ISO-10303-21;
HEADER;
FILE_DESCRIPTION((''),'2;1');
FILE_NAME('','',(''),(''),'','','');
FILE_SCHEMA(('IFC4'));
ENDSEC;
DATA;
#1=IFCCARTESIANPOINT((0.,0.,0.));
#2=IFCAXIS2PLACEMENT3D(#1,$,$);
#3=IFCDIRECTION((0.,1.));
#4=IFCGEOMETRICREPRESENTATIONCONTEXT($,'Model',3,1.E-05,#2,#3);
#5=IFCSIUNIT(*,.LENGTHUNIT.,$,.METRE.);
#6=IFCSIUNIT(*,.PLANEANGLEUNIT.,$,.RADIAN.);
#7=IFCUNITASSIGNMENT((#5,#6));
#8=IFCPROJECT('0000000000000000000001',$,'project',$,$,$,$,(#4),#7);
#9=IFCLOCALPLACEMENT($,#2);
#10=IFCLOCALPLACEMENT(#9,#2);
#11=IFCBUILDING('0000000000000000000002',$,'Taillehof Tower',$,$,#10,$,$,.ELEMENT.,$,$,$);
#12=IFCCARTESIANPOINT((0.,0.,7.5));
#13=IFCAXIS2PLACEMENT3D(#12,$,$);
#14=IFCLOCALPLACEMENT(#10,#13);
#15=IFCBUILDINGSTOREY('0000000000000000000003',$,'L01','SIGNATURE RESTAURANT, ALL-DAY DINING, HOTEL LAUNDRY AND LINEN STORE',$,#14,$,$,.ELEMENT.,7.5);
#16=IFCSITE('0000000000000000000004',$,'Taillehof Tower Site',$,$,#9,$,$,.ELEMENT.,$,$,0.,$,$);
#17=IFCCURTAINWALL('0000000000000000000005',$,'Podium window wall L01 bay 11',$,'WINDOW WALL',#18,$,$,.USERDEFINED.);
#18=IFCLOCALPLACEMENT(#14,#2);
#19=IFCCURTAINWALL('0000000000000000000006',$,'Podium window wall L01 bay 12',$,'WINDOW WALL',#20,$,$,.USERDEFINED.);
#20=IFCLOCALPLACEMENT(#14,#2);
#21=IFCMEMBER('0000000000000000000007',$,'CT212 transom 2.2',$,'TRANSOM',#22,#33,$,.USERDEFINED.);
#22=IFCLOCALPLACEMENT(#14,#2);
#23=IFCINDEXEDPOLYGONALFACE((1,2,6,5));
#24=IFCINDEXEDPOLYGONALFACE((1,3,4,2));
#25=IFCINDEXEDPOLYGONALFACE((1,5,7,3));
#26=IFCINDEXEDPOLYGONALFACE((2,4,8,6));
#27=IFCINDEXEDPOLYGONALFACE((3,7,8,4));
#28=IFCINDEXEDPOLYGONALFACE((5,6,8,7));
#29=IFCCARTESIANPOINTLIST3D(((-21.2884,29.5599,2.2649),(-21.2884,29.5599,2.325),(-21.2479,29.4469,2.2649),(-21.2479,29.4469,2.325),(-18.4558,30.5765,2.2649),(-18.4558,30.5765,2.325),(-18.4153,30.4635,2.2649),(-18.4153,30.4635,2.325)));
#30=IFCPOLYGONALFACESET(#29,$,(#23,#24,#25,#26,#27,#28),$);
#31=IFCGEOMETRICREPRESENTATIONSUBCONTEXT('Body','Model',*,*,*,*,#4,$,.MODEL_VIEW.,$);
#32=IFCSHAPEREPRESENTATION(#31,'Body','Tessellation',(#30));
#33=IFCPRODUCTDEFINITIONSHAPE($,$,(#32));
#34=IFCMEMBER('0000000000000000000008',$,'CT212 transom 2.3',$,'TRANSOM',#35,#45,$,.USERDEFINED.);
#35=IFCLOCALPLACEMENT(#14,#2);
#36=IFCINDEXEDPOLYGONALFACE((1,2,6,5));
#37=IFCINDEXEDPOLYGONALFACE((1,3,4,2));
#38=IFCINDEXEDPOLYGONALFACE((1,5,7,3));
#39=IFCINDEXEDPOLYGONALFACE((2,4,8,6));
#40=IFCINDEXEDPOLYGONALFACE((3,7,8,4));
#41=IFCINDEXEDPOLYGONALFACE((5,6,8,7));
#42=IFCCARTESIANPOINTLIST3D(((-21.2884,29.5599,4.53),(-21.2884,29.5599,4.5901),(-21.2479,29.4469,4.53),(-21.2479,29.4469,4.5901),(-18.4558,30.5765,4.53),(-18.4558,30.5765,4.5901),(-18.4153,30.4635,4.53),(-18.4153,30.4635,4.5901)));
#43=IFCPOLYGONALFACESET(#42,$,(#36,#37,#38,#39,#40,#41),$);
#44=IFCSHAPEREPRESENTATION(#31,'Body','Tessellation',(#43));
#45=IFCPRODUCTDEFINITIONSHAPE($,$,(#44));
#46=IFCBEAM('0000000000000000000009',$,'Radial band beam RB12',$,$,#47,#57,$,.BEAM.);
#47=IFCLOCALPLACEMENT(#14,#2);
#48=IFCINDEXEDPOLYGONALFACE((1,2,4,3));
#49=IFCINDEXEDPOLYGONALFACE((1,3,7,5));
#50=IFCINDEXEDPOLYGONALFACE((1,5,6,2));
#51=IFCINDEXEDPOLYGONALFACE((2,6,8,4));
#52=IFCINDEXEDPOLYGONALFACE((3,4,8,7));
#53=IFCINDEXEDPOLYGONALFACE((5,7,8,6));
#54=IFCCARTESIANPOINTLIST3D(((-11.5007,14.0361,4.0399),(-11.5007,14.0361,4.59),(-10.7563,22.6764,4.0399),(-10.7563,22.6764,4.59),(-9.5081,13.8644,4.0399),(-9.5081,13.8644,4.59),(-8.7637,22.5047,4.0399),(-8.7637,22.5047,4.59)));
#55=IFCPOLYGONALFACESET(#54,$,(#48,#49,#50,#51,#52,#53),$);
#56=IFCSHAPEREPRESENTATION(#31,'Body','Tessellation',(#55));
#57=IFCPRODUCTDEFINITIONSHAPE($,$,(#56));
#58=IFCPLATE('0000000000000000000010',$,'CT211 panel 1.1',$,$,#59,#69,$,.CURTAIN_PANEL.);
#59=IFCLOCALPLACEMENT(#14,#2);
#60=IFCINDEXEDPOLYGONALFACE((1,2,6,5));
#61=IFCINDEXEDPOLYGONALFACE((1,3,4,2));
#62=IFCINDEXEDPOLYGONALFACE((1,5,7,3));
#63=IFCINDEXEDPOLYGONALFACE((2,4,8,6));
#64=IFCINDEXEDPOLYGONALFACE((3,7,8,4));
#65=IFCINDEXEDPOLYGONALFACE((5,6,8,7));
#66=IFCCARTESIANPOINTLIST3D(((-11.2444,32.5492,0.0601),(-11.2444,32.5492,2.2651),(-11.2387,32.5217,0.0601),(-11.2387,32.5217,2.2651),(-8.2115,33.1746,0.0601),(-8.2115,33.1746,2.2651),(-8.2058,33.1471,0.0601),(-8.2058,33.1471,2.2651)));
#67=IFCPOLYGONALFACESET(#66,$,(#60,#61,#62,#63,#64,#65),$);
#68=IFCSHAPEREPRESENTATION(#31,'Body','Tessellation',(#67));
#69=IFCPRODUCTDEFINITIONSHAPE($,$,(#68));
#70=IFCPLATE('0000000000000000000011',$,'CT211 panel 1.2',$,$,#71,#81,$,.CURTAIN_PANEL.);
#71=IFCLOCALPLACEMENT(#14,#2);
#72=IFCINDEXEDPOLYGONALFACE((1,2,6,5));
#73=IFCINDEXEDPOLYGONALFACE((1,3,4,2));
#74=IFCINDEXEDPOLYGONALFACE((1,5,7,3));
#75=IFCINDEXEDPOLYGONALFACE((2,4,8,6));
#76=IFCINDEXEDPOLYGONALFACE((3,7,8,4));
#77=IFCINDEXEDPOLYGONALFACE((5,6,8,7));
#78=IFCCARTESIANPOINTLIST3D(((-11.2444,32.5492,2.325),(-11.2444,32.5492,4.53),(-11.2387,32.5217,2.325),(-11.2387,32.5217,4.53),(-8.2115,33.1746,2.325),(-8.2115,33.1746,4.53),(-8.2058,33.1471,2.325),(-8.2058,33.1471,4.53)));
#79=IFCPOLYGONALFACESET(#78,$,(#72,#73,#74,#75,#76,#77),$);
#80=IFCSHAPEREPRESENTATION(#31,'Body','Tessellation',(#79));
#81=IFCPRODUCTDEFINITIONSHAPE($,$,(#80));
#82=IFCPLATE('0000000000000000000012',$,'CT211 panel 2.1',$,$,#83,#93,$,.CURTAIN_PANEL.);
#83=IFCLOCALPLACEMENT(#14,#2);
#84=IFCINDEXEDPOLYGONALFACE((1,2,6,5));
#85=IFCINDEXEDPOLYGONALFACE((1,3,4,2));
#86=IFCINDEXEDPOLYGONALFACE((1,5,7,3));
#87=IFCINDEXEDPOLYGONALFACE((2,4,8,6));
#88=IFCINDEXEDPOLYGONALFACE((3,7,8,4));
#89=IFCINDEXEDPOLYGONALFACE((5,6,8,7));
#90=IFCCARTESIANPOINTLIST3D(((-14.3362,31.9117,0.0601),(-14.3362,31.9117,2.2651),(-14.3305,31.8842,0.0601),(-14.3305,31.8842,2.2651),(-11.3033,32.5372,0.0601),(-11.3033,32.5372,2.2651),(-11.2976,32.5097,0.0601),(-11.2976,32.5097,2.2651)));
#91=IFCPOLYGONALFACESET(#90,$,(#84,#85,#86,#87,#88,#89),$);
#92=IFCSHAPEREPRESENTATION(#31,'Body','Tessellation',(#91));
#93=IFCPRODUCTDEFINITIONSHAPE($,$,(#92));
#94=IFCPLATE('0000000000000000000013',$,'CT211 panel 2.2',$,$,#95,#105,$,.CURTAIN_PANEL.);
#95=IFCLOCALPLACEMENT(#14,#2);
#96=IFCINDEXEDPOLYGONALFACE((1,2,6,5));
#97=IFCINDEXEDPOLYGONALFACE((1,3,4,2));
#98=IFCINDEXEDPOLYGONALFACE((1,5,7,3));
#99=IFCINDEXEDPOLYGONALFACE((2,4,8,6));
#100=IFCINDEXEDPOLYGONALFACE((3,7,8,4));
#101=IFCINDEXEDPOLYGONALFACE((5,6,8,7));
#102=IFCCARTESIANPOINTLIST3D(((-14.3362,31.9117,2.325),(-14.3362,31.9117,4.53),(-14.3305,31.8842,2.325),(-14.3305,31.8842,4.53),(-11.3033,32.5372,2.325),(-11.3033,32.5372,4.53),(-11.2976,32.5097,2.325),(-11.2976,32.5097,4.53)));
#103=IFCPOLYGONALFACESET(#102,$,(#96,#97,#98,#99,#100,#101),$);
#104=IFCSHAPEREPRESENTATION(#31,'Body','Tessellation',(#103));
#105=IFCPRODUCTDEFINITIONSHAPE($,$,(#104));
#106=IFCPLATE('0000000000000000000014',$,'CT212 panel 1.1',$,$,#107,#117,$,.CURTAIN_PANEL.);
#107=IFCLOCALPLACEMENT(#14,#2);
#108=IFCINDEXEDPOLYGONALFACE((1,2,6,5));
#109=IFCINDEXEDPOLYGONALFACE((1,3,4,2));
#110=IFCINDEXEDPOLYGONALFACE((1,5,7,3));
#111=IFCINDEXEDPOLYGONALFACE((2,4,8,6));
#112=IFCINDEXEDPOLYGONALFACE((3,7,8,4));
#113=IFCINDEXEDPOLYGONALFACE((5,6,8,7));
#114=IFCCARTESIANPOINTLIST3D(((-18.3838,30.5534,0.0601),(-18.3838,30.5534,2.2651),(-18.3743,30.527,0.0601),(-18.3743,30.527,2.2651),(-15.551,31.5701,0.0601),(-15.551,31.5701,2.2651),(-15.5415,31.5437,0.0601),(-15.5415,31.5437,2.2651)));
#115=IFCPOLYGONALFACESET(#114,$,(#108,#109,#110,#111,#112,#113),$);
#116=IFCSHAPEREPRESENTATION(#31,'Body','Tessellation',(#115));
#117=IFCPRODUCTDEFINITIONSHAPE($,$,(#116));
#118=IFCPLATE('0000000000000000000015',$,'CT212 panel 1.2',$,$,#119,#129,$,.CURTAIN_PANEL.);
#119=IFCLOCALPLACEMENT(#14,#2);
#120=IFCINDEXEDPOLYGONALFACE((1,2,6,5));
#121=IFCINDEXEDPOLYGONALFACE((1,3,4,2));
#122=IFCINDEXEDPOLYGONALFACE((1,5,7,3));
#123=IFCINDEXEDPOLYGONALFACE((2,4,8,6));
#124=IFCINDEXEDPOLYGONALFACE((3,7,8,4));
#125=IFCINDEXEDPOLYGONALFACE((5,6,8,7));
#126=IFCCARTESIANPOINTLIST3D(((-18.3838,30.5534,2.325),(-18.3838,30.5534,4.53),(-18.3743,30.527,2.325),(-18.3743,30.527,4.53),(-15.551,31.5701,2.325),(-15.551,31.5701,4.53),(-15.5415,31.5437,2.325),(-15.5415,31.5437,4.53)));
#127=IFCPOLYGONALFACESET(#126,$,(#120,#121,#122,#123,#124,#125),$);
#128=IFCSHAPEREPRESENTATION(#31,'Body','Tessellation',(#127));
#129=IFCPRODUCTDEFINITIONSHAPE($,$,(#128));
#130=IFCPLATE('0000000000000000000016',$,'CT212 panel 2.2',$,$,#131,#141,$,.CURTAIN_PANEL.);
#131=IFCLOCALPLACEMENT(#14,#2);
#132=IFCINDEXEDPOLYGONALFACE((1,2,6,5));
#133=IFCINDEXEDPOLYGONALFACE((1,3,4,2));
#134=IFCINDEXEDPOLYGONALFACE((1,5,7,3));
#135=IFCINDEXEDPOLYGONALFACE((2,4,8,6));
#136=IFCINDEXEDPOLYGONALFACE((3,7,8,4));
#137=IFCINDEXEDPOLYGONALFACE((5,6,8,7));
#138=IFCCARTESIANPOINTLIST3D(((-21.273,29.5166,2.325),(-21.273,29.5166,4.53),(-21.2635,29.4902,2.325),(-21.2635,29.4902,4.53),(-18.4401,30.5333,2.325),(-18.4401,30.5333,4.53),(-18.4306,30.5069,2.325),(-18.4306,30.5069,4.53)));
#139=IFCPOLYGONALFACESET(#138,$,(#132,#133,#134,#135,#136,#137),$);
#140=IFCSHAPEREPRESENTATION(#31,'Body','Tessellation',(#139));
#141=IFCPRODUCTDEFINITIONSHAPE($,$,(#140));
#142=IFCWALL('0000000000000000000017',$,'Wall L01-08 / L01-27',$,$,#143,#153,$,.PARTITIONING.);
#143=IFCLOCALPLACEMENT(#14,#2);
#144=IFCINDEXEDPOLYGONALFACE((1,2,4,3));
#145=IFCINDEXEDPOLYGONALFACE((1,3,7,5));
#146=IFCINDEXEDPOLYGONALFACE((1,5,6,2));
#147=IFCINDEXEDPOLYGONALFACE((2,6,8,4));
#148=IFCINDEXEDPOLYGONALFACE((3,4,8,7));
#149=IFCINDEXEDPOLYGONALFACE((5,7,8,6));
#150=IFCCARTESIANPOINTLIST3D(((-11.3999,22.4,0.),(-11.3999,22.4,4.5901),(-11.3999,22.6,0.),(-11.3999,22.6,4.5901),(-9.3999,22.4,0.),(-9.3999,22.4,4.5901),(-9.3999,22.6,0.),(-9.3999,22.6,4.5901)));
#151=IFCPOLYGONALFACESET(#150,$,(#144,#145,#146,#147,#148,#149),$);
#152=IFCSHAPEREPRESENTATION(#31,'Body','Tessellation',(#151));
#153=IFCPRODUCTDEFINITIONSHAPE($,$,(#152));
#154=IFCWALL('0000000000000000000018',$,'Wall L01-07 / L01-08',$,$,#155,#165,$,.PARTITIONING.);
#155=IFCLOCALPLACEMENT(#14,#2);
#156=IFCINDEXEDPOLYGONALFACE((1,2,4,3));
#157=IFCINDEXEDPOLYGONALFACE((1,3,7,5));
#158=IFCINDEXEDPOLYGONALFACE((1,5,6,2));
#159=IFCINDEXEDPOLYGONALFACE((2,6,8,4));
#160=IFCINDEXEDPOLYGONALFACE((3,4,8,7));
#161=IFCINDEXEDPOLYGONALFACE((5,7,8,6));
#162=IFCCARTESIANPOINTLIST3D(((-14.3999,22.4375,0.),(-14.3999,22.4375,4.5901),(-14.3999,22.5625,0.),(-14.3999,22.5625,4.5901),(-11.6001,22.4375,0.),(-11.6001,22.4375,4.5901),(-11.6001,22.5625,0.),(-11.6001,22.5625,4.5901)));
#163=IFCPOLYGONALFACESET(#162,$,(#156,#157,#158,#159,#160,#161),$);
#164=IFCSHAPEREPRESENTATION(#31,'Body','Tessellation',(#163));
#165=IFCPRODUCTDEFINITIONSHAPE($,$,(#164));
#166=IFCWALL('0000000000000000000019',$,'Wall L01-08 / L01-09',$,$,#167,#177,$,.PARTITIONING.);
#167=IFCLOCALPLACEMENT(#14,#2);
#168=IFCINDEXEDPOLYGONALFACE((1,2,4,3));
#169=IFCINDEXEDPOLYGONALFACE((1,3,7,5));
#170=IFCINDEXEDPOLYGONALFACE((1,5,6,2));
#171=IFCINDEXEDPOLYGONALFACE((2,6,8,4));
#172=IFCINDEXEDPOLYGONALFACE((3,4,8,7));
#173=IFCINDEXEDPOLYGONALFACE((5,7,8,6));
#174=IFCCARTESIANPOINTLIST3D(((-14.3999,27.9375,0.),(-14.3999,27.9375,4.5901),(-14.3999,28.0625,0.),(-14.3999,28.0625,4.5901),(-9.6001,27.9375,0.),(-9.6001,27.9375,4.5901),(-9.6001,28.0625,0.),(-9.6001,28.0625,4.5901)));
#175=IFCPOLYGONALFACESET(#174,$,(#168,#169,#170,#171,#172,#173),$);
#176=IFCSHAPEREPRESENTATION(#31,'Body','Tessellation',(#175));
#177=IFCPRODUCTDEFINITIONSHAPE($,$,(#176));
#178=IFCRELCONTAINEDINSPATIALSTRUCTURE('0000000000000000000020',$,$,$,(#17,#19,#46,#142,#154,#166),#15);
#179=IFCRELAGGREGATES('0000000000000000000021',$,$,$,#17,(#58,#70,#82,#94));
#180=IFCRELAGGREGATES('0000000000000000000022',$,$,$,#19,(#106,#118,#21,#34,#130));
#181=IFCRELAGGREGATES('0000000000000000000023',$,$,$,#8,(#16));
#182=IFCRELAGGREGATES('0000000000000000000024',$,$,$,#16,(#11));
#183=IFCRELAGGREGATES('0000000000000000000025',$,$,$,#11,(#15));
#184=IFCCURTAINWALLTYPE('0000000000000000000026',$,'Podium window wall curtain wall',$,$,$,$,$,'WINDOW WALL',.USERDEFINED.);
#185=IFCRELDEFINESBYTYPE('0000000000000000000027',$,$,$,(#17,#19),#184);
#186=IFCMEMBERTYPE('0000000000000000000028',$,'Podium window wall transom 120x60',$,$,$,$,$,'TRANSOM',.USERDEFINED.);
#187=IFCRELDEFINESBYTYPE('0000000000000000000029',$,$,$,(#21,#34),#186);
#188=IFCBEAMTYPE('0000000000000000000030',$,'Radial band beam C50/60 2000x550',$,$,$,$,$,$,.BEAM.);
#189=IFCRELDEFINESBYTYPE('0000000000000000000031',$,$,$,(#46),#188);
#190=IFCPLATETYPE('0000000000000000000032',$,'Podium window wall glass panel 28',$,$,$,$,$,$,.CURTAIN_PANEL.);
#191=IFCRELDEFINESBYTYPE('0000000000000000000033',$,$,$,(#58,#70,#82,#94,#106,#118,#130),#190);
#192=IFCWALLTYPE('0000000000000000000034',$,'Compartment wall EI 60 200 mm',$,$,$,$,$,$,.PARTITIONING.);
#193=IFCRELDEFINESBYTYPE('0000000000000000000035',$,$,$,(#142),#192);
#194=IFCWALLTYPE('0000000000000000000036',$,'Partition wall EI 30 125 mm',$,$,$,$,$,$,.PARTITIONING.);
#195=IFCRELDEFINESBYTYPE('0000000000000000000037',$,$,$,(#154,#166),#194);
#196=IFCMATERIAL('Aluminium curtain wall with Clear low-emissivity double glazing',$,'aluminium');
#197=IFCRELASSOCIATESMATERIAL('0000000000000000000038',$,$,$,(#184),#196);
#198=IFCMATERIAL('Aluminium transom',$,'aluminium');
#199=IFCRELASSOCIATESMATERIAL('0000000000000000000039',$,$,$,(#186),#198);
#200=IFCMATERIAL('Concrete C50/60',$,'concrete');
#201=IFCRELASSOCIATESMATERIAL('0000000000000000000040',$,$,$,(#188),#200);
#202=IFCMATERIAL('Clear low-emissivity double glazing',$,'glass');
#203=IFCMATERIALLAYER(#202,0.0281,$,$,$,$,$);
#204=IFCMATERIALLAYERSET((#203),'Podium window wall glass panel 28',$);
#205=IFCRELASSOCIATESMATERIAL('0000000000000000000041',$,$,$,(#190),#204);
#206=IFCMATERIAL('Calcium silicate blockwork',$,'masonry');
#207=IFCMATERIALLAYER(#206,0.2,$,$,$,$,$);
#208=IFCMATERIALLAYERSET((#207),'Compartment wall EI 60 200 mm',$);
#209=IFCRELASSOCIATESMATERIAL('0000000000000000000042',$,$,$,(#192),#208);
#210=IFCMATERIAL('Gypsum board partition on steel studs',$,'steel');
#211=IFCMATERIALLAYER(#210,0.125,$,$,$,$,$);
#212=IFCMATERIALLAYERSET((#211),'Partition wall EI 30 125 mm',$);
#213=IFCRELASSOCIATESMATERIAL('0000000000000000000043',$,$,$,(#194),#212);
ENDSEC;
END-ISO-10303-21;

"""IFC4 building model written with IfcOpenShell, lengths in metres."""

from ifc_helpers import new_model, si_unit, direction, frame, frame_2d, origin, origin_2d, place, context, subcontext, project, spatial, rectangle, extrude, material, layer, layer_set, material_profile, profile_set, type_object, element, aggregate, save


model = new_model("IFC4")

# Units and contexts
model_context = context("Model", 3, precision=1e-05, world=origin(), true_north=direction((0.0, 1.0)))
body_context = subcontext(model_context, "Body", "Model", "MODEL_VIEW")
ifc_project = project(units=[si_unit("LENGTHUNIT", "METRE"), si_unit("PLANEANGLEUNIT", "RADIAN")], contexts=[model_context])

# Site, building, storey
site_placement = place(None, origin())
site = spatial("IfcSite", under=ifc_project, at=site_placement, Name="Taillehof Tower Site", CompositionType="ELEMENT", RefElevation=0.0)
building_placement = place(site_placement, origin())
building = spatial("IfcBuilding", under=site, at=building_placement, Name="Taillehof Tower", CompositionType="ELEMENT")
storey_placement = place(building_placement, frame((0.0, 0.0, 7.5)))
storey = spatial("IfcBuildingStorey", under=building, at=storey_placement, Name="L01", Description="SIGNATURE RESTAURANT, ALL-DAY DINING, HOTEL LAUNDRY AND LINEN STORE", CompositionType="ELEMENT", Elevation=7.5)

# Curtain walls
ifc_material_1 = material(Name="Aluminium curtain wall with Clear low-emissivity double glazing", Category="aluminium")
curtain_wall_type = type_object("IfcCurtainWallType", Name="Podium window wall curtain wall", ElementType="WINDOW WALL", PredefinedType="USERDEFINED", material=ifc_material_1)
curtain_wall_1_placement = place(storey_placement, origin())
curtain_wall_1 = element("IfcCurtainWall", 1, at=curtain_wall_1_placement, inside=storey, type_object=curtain_wall_type, Name="Podium window wall L01 bay 11", ObjectType="WINDOW WALL", PredefinedType="USERDEFINED")
curtain_wall_2_placement = place(storey_placement, origin())
curtain_wall_2 = element("IfcCurtainWall", 2, at=curtain_wall_2_placement, inside=storey, type_object=curtain_wall_type, Name="Podium window wall L01 bay 12", ObjectType="WINDOW WALL", PredefinedType="USERDEFINED")

# Members
ifc_material_2 = material(Name="Aluminium transom", Category="aluminium")
ifc_material_profile_1 = material_profile(ifc_material_2, rectangle(XDim=0.1201, YDim=0.0601, at=origin_2d()), Name="AL 120x60")
ifc_profile_set_1 = profile_set([ifc_material_profile_1], Name="Aluminium transom")
member_type_1 = type_object("IfcMemberType", Name="Podium window wall transom 120x60", ElementType="TRANSOM", PredefinedType="USERDEFINED", material=ifc_profile_set_1)
member_1_placement = place(storey_placement, frame((-18.4355, 30.52, 2.2949), z_axis=(-0.941216, -0.337806, 0.0), x_axis=(0.337806, -0.941216, 0.0)))
member_1 = element("IfcMember", 3, at=member_1_placement, type_object=member_type_1, Name="CT212 transom 2.2", ObjectType="TRANSOM", PredefinedType="USERDEFINED", context=body_context, shape_type="SweptSolid", body=[
    extrude(rectangle(XDim=0.1201, YDim=0.0601, at=origin_2d()), origin(), (0.0, 0.0, 1.0), 3.0095),
])
member_2_placement = place(storey_placement, frame((-18.4355, 30.52, 4.5601), z_axis=(-0.941216, -0.337806, 0.0), x_axis=(0.337806, -0.941216, 0.0)))
member_2 = element("IfcMember", 4, at=member_2_placement, type_object=member_type_1, Name="CT212 transom 2.3", ObjectType="TRANSOM", PredefinedType="USERDEFINED", context=body_context, shape_type="SweptSolid", body=[
    extrude(rectangle(XDim=0.1201, YDim=0.0601, at=origin_2d()), origin(), (0.0, 0.0, 1.0), 3.0095),
])

# Beam
ifc_material_3 = material(Name="Concrete C50/60", Category="concrete")
ifc_material_profile_2 = material_profile(ifc_material_3, rectangle(XDim=2.0, YDim=0.55, at=origin_2d()), Name="RC 2000x550")
ifc_profile_set_2 = profile_set([ifc_material_profile_2], Name="Concrete C50/60")
beam_type_1 = type_object("IfcBeamType", Name="Radial band beam C50/60 2000x550", PredefinedType="BEAM", material=ifc_profile_set_2)
beam_1_placement = place(storey_placement, frame((-9.76, 22.5906, 4.3149), z_axis=(-0.085834, -0.996309, 0.0), x_axis=(0.996309, -0.085834, 0.0)))
element("IfcBeam", 5, at=beam_1_placement, inside=storey, type_object=beam_type_1, Name="Radial band beam RB12", PredefinedType="BEAM", context=body_context, shape_type="SweptSolid", body=[
    extrude(rectangle(XDim=2.0, YDim=0.55, at=origin_2d()), origin(), (0.0, 0.0, 1.0), 8.6724),
])

# Plates
ifc_material_4 = material(Name="Clear low-emissivity double glazing", Category="glass")
ifc_layer_1 = layer(ifc_material_4, 0.0281)
ifc_layer_set_1 = layer_set([ifc_layer_1], Name="Podium window wall glass panel 28")
plate_type = type_object("IfcPlateType", Name="Podium window wall glass panel 28", PredefinedType="CURTAIN_PANEL", material=ifc_layer_set_1)
plate_1_placement = place(storey_placement, frame((-9.7251, 32.8481, 0.0601), z_axis=(0.0, 0.0, 1.0), x_axis=(-0.97939, -0.201976, 0.0)))
plate_1 = element("IfcPlate", 6, at=plate_1_placement, type_object=plate_type, Name="CT211 panel 1.1", PredefinedType="CURTAIN_PANEL", context=body_context, shape_type="SweptSolid", body=[
    extrude(rectangle(XDim=3.0967, YDim=0.0281, at=origin_2d()), origin(), (0.0, 0.0, 1.0), 2.2051),
])
plate_2_placement = place(storey_placement, frame((-9.7251, 32.8481, 2.325), z_axis=(0.0, 0.0, 1.0), x_axis=(-0.97939, -0.201976, 0.0)))
plate_2 = element("IfcPlate", 7, at=plate_2_placement, type_object=plate_type, Name="CT211 panel 1.2", PredefinedType="CURTAIN_PANEL", context=body_context, shape_type="SweptSolid", body=[
    extrude(rectangle(XDim=3.0967, YDim=0.0281, at=origin_2d()), origin(), (0.0, 0.0, 1.0), 2.2051),
])
plate_3_placement = place(storey_placement, frame((-12.8169, 32.2107, 0.0601), z_axis=(0.0, 0.0, 1.0), x_axis=(-0.97939, -0.201976, 0.0)))
plate_3 = element("IfcPlate", 8, at=plate_3_placement, type_object=plate_type, Name="CT211 panel 2.1", PredefinedType="CURTAIN_PANEL", context=body_context, shape_type="SweptSolid", body=[
    extrude(rectangle(XDim=3.0967, YDim=0.0281, at=origin_2d()), origin(), (0.0, 0.0, 1.0), 2.2051),
])
plate_4_placement = place(storey_placement, frame((-12.8169, 32.2107, 2.325), z_axis=(0.0, 0.0, 1.0), x_axis=(-0.97939, -0.201976, 0.0)))
plate_4 = element("IfcPlate", 9, at=plate_4_placement, type_object=plate_type, Name="CT211 panel 2.2", PredefinedType="CURTAIN_PANEL", context=body_context, shape_type="SweptSolid", body=[
    extrude(rectangle(XDim=3.0967, YDim=0.0281, at=origin_2d()), origin(), (0.0, 0.0, 1.0), 2.2051),
])
aggregate(curtain_wall_1, [plate_1, plate_2, plate_3, plate_4])
plate_5_placement = place(storey_placement, frame((-16.9626, 31.0486, 0.0601), z_axis=(0.0, 0.0, 1.0), x_axis=(-0.941218, -0.337799, 0.0)))
plate_5 = element("IfcPlate", 10, at=plate_5_placement, type_object=plate_type, Name="CT212 panel 1.1", PredefinedType="CURTAIN_PANEL", context=body_context, shape_type="SweptSolid", body=[
    extrude(rectangle(XDim=3.0098, YDim=0.0281, at=origin_2d()), origin(), (0.0, 0.0, 1.0), 2.2051),
])
plate_6_placement = place(storey_placement, frame((-16.9626, 31.0486, 2.325), z_axis=(0.0, 0.0, 1.0), x_axis=(-0.941218, -0.337799, 0.0)))
plate_6 = element("IfcPlate", 11, at=plate_6_placement, type_object=plate_type, Name="CT212 panel 1.2", PredefinedType="CURTAIN_PANEL", context=body_context, shape_type="SweptSolid", body=[
    extrude(rectangle(XDim=3.0098, YDim=0.0281, at=origin_2d()), origin(), (0.0, 0.0, 1.0), 2.2051),
])
plate_7_placement = place(storey_placement, frame((-19.8518, 30.0117, 2.325), z_axis=(0.0, 0.0, 1.0), x_axis=(-0.941218, -0.337799, 0.0)))
plate_7 = element("IfcPlate", 12, at=plate_7_placement, type_object=plate_type, Name="CT212 panel 2.2", PredefinedType="CURTAIN_PANEL", context=body_context, shape_type="SweptSolid", body=[
    extrude(rectangle(XDim=3.0098, YDim=0.0281, at=origin_2d()), origin(), (0.0, 0.0, 1.0), 2.2051),
])
aggregate(curtain_wall_2, [plate_5, plate_6, member_1, member_2, plate_7])

# Walls
ifc_material_5 = material(Name="Calcium silicate blockwork", Category="masonry")
ifc_layer_2 = layer(ifc_material_5, 0.2)
ifc_layer_set_2 = layer_set([ifc_layer_2], Name="Compartment wall EI 60 200 mm")
wall_type_1 = type_object("IfcWallType", Name="Compartment wall EI 60 200 mm", PredefinedType="PARTITIONING", material=ifc_layer_set_2)
wall_1_placement = place(storey_placement, frame((-11.3999, 22.5, 0.0), z_axis=(0.0, 0.0, 1.0), x_axis=(1.0, 0.0, 0.0)))
element("IfcWall", 13, at=wall_1_placement, inside=storey, type_object=wall_type_1, Name="Wall L01-08 / L01-27", PredefinedType="PARTITIONING", context=body_context, shape_type="SweptSolid", body=[
    extrude(rectangle(XDim=2.0, YDim=0.2, at=frame_2d((1.0, 0.0))), origin(), (0.0, 0.0, 1.0), 4.5901),
])
ifc_material_6 = material(Name="Gypsum board partition on steel studs", Category="steel")
ifc_layer_3 = layer(ifc_material_6, 0.125)
ifc_layer_set_3 = layer_set([ifc_layer_3], Name="Partition wall EI 30 125 mm")
wall_type_2 = type_object("IfcWallType", Name="Partition wall EI 30 125 mm", PredefinedType="PARTITIONING", material=ifc_layer_set_3)
wall_2_placement = place(storey_placement, frame((-14.3999, 22.5, 0.0), z_axis=(0.0, 0.0, 1.0), x_axis=(1.0, 0.0, 0.0)))
element("IfcWall", 14, at=wall_2_placement, inside=storey, type_object=wall_type_2, Name="Wall L01-07 / L01-08", PredefinedType="PARTITIONING", context=body_context, shape_type="SweptSolid", body=[
    extrude(rectangle(XDim=2.7998, YDim=0.125, at=frame_2d((1.3999, 0.0))), origin(), (0.0, 0.0, 1.0), 4.5901),
])
wall_3_placement = place(storey_placement, frame((-14.3999, 28.0, 0.0), z_axis=(0.0, 0.0, 1.0), x_axis=(1.0, 0.0, 0.0)))
element("IfcWall", 15, at=wall_3_placement, inside=storey, type_object=wall_type_2, Name="Wall L01-08 / L01-09", PredefinedType="PARTITIONING", context=body_context, shape_type="SweptSolid", body=[
    extrude(rectangle(XDim=4.7998, YDim=0.125, at=frame_2d((2.3999, 0.0))), origin(), (0.0, 0.0, 1.0), 4.5901),
])

save(model, "model.ifc")
